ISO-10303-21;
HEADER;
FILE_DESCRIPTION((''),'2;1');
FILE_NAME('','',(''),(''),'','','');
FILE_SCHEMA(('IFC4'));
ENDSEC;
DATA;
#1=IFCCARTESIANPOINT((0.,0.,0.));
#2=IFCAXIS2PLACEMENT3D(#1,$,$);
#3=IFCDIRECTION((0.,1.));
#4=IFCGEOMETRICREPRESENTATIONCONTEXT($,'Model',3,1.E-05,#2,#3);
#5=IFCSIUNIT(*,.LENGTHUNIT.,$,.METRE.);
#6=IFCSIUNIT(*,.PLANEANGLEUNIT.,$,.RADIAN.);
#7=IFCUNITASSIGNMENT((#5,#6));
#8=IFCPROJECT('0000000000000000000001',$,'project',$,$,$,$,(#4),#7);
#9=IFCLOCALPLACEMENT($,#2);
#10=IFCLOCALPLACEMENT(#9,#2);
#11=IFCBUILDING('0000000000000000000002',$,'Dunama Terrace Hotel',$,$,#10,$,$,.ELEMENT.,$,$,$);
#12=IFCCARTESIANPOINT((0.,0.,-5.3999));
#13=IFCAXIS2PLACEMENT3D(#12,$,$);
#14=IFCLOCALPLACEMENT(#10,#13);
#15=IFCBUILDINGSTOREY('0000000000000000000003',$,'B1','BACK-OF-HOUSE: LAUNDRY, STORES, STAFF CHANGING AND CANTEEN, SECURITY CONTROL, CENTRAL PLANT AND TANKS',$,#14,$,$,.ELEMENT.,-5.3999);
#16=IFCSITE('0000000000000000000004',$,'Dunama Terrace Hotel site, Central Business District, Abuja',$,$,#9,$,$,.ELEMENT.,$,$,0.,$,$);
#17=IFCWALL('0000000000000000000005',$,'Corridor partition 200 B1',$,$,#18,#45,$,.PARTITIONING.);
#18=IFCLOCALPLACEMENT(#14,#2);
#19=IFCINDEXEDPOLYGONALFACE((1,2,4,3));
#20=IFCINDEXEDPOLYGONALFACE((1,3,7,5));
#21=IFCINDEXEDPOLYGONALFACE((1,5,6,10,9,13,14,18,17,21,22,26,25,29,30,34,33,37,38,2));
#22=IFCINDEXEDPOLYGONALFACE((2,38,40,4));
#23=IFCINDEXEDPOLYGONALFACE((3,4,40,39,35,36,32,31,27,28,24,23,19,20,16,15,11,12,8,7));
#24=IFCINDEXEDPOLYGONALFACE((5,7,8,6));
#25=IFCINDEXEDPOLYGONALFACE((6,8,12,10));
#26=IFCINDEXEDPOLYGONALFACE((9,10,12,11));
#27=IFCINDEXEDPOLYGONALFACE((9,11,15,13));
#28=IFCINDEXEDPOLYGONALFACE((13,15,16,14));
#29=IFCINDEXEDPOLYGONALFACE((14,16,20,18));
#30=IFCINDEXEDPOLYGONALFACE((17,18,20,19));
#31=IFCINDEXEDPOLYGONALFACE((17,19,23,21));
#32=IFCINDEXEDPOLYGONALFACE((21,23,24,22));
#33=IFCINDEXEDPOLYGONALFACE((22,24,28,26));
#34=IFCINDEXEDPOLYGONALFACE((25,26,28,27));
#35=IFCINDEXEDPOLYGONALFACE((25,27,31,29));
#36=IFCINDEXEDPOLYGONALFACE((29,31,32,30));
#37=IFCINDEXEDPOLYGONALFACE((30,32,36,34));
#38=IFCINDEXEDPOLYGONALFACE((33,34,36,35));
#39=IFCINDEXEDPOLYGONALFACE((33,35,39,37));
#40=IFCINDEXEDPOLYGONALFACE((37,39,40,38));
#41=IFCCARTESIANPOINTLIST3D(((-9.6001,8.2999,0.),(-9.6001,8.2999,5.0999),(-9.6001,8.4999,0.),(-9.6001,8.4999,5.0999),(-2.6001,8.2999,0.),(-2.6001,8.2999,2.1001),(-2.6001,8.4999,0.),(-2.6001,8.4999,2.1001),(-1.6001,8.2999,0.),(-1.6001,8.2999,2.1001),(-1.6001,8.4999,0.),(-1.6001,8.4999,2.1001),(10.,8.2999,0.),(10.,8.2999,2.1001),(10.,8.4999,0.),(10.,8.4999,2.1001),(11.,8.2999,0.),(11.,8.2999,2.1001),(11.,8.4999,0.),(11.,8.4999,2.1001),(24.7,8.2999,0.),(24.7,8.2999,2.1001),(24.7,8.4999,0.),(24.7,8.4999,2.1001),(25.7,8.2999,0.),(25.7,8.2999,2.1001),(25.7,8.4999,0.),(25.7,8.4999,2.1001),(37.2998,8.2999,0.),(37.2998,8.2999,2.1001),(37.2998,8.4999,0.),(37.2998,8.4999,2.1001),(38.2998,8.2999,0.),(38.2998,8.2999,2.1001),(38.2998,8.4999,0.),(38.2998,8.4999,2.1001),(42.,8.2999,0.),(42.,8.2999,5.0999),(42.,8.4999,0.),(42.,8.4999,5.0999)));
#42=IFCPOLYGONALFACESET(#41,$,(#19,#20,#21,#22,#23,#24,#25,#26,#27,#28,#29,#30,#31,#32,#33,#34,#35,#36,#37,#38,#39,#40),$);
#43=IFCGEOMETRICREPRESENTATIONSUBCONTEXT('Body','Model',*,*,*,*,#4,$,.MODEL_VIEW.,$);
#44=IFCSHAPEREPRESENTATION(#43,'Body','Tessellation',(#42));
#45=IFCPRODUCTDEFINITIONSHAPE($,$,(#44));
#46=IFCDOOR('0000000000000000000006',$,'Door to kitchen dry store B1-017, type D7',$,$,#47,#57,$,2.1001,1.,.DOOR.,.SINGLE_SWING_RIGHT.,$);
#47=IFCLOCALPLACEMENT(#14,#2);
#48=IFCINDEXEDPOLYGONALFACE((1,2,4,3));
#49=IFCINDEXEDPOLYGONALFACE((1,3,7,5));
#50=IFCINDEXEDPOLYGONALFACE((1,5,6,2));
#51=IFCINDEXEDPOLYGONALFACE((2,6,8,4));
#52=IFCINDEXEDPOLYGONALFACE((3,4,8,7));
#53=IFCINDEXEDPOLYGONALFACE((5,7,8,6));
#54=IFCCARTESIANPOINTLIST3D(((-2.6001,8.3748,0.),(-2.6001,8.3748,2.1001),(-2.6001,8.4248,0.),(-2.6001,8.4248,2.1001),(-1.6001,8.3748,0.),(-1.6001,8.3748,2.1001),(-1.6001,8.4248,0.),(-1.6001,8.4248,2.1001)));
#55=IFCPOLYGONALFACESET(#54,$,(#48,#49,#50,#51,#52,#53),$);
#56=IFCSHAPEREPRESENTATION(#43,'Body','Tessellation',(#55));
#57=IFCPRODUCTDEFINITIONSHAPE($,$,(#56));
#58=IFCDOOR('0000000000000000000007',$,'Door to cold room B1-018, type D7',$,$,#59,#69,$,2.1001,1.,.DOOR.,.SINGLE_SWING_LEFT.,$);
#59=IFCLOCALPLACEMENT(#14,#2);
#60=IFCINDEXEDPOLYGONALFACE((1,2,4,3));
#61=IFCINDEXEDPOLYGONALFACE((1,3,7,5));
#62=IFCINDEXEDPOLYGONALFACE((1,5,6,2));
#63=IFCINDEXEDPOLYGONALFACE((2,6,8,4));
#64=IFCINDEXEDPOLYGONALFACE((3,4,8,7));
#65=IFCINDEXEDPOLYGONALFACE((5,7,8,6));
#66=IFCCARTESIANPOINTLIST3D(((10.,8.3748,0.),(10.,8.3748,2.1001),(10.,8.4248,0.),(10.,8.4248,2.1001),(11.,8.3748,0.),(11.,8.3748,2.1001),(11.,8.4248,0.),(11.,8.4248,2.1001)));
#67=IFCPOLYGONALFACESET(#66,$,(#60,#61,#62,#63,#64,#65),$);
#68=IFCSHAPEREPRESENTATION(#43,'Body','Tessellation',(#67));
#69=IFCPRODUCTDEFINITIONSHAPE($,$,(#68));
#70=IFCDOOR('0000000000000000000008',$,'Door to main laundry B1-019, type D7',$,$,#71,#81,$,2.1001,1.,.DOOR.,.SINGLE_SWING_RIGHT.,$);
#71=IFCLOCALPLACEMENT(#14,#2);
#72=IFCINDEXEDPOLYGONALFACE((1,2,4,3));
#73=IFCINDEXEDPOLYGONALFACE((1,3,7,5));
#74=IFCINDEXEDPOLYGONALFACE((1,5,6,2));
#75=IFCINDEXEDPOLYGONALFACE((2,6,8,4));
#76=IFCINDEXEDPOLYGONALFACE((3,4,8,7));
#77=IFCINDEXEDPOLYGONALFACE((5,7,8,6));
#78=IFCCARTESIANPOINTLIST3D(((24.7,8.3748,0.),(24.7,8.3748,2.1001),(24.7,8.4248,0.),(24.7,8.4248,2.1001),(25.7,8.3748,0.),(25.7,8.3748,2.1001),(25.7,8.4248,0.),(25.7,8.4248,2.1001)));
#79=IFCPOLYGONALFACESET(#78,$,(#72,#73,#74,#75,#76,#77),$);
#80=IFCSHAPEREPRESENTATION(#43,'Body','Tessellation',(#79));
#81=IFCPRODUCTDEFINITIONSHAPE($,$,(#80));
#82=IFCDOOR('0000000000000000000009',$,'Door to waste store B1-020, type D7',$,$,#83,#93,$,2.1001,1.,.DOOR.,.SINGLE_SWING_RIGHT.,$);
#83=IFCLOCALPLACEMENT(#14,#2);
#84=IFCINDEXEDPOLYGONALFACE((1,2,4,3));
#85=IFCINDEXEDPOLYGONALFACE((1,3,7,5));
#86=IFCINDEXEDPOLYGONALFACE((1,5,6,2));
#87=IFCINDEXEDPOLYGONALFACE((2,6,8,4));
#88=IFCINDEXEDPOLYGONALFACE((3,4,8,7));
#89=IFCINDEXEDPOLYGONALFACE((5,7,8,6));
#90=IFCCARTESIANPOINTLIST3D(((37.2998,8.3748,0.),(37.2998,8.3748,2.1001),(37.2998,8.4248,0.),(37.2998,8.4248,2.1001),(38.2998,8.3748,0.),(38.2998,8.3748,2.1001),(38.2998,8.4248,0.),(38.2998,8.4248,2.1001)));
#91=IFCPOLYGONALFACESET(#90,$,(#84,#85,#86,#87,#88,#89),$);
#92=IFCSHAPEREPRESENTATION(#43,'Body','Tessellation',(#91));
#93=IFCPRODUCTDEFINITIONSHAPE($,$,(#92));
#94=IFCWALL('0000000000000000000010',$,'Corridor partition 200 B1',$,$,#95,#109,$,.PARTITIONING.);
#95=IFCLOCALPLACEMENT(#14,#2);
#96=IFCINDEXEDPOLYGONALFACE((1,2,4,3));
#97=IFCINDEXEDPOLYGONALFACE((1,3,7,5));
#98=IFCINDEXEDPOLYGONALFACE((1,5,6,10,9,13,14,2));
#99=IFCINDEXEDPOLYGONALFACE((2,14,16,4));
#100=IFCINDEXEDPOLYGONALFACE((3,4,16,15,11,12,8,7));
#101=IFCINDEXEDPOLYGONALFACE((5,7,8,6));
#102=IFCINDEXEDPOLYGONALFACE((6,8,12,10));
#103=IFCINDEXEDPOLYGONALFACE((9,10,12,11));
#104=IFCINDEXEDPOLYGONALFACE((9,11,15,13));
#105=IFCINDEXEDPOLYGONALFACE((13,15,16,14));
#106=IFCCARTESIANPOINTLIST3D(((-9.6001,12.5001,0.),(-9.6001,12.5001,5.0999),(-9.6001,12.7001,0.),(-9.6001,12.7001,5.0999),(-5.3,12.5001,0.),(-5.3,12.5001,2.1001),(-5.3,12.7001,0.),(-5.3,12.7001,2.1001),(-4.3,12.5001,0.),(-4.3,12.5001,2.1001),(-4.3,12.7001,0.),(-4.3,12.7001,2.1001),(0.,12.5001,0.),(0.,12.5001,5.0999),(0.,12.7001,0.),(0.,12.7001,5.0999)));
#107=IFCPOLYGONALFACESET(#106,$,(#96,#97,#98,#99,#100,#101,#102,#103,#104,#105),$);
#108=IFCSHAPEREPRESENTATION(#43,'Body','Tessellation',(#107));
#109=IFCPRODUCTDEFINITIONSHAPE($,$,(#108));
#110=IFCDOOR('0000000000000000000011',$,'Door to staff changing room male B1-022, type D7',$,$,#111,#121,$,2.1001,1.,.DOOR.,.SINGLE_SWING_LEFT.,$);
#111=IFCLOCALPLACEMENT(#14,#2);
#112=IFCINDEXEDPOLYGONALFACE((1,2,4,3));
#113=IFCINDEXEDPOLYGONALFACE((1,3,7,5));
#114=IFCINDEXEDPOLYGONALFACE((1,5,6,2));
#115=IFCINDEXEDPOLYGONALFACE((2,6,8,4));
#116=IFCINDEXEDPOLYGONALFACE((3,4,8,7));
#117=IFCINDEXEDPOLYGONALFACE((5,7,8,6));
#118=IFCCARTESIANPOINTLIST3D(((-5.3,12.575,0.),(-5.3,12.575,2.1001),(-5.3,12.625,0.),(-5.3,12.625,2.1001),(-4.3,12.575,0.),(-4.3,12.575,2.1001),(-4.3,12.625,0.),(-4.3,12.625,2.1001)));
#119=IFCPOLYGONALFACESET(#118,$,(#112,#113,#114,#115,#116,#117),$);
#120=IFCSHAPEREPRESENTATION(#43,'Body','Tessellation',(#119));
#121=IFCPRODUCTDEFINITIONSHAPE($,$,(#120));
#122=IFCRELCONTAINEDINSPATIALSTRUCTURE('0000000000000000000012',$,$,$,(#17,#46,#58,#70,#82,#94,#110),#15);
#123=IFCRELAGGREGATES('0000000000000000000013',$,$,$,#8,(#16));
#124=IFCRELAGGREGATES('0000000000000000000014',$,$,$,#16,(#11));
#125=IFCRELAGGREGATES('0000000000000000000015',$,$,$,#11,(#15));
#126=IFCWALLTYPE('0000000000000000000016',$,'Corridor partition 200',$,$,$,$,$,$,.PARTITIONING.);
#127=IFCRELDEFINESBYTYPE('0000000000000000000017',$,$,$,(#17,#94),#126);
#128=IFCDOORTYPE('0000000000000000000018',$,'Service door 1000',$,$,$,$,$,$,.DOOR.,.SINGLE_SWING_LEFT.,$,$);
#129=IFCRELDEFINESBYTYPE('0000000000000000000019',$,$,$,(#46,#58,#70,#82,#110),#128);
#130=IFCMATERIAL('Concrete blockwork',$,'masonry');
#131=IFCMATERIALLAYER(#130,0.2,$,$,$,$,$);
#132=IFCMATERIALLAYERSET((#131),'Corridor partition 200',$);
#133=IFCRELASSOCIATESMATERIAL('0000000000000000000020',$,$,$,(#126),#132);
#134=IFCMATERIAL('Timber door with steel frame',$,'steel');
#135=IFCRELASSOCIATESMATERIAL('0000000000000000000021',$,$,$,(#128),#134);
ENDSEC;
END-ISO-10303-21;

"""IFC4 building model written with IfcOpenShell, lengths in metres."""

from ifc_helpers import new_model, si_unit, direction, frame, frame_2d, origin, place, context, subcontext, project, spatial, rectangle, extrude, material, layer, layer_set, type_object, element, fill, save


model = new_model("IFC4")

# Units and contexts
model_context = context("Model", 3, precision=1e-05, world=origin(), true_north=direction((0.0, 1.0)))
body_context = subcontext(model_context, "Body", "Model", "MODEL_VIEW")
ifc_project = project(units=[si_unit("LENGTHUNIT", "METRE"), si_unit("PLANEANGLEUNIT", "RADIAN")], contexts=[model_context])

# Site, building, storey
site_placement = place(None, origin())
site = spatial("IfcSite", under=ifc_project, at=site_placement, Name="Dunama Terrace Hotel site, Central Business District, Abuja", CompositionType="ELEMENT", RefElevation=0.0)
building_placement = place(site_placement, origin())
building = spatial("IfcBuilding", under=site, at=building_placement, Name="Dunama Terrace Hotel", CompositionType="ELEMENT")
storey_placement = place(building_placement, frame((0.0, 0.0, -5.3999)))
storey = spatial("IfcBuildingStorey", under=building, at=storey_placement, Name="B1", Description="BACK-OF-HOUSE: LAUNDRY, STORES, STAFF CHANGING AND CANTEEN, SECURITY CONTROL, CENTRAL PLANT AND TANKS", CompositionType="ELEMENT", Elevation=-5.3999)

# Wall, openings, doors
ifc_material_1 = material(Name="Concrete blockwork", Category="masonry")
ifc_layer_1 = layer(ifc_material_1, 0.2)
ifc_layer_set_1 = layer_set([ifc_layer_1], Name="Corridor partition 200")
wall_type_1 = type_object("IfcWallType", Name="Corridor partition 200", PredefinedType="PARTITIONING", material=ifc_layer_set_1)
wall_1_placement = place(storey_placement, frame((-9.6001, 8.3999, 0.0), z_axis=(0.0, 0.0, 1.0), x_axis=(1.0, 0.0, 0.0)))
wall_1 = element("IfcWall", 1, at=wall_1_placement, inside=storey, type_object=wall_type_1, Name="Corridor partition 200 B1", PredefinedType="PARTITIONING", context=body_context, shape_type="SweptSolid", body=[
    extrude(rectangle(XDim=51.6001, YDim=0.2, at=frame_2d((25.8, 0.0))), origin(), (0.0, 0.0, 1.0), 5.0999),
])
opening_1_placement = place(wall_1_placement, frame((7.0, 0.0, 0.0)))
opening_1 = element("IfcOpeningElement", 2, at=opening_1_placement, cuts=wall_1, PredefinedType="OPENING", context=body_context, shape_type="SweptSolid", body=[
    extrude(rectangle(XDim=1.0, YDim=2.1001, at=frame_2d((0.5, 1.05))), frame((0.0, 0.1099, 0.0), z_axis=(0.0, -1.0, 0.0), x_axis=(1.0, 0.0, 0.0)), (0.0, 0.0, 1.0), 0.22),
])
opening_2_placement = place(wall_1_placement, frame((19.6001, 0.0, 0.0)))
opening_2 = element("IfcOpeningElement", 3, at=opening_2_placement, cuts=wall_1, PredefinedType="OPENING", context=body_context, shape_type="SweptSolid", body=[
    extrude(rectangle(XDim=1.0, YDim=2.1001, at=frame_2d((0.5, 1.05))), frame((0.0, 0.1099, 0.0), z_axis=(0.0, -1.0, 0.0), x_axis=(1.0, 0.0, 0.0)), (0.0, 0.0, 1.0), 0.22),
])
opening_3_placement = place(wall_1_placement, frame((34.3, 0.0, 0.0)))
opening_3 = element("IfcOpeningElement", 4, at=opening_3_placement, cuts=wall_1, PredefinedType="OPENING", context=body_context, shape_type="SweptSolid", body=[
    extrude(rectangle(XDim=1.0, YDim=2.1001, at=frame_2d((0.5, 1.05))), frame((0.0, 0.1099, 0.0), z_axis=(0.0, -1.0, 0.0), x_axis=(1.0, 0.0, 0.0)), (0.0, 0.0, 1.0), 0.22),
])
opening_4_placement = place(wall_1_placement, frame((46.8999, 0.0, 0.0)))
opening_4 = element("IfcOpeningElement", 5, at=opening_4_placement, cuts=wall_1, PredefinedType="OPENING", context=body_context, shape_type="SweptSolid", body=[
    extrude(rectangle(XDim=1.0, YDim=2.1001, at=frame_2d((0.5, 1.05))), frame((0.0, 0.1099, 0.0), z_axis=(0.0, -1.0, 0.0), x_axis=(1.0, 0.0, 0.0)), (0.0, 0.0, 1.0), 0.22),
])
ifc_material_2 = material(Name="Timber door with steel frame", Category="steel")
door_type = type_object("IfcDoorType", Name="Service door 1000", OperationType="SINGLE_SWING_LEFT", PredefinedType="DOOR", material=ifc_material_2)
door_1_placement = place(opening_1_placement, frame((1.0, 0.0, 0.0), z_axis=(0.0, 0.0, 1.0), x_axis=(-1.0, 0.0, 0.0)))
door_1 = element("IfcDoor", 6, at=door_1_placement, inside=storey, type_object=door_type, Name="Door to kitchen dry store B1-017, type D7", OperationType="SINGLE_SWING_RIGHT", OverallHeight=2.1001, OverallWidth=1.0, PredefinedType="DOOR", context=body_context, shape_type="SweptSolid", body=[
    extrude(rectangle(XDim=1.0, YDim=2.1001, at=frame_2d((0.5, 1.05))), frame((0.0, 0.0251, 0.0), z_axis=(0.0, -1.0, 0.0), x_axis=(1.0, 0.0, 0.0)), (0.0, 0.0, 1.0), 0.05),
])
fill(opening_1, door_1)
door_2_placement = place(opening_2_placement, frame((1.0, 0.0, 0.0), z_axis=(0.0, 0.0, 1.0), x_axis=(-1.0, 0.0, 0.0)))
door_2 = element("IfcDoor", 7, at=door_2_placement, inside=storey, type_object=door_type, Name="Door to cold room B1-018, type D7", OperationType="SINGLE_SWING_LEFT", OverallHeight=2.1001, OverallWidth=1.0, PredefinedType="DOOR", context=body_context, shape_type="SweptSolid", body=[
    extrude(rectangle(XDim=1.0, YDim=2.1001, at=frame_2d((0.5, 1.05))), frame((0.0, 0.0251, 0.0), z_axis=(0.0, -1.0, 0.0), x_axis=(1.0, 0.0, 0.0)), (0.0, 0.0, 1.0), 0.05),
])
fill(opening_2, door_2)
door_3_placement = place(opening_3_placement, frame((1.0, 0.0, 0.0), z_axis=(0.0, 0.0, 1.0), x_axis=(-1.0, 0.0, 0.0)))
door_3 = element("IfcDoor", 8, at=door_3_placement, inside=storey, type_object=door_type, Name="Door to main laundry B1-019, type D7", OperationType="SINGLE_SWING_RIGHT", OverallHeight=2.1001, OverallWidth=1.0, PredefinedType="DOOR", context=body_context, shape_type="SweptSolid", body=[
    extrude(rectangle(XDim=1.0, YDim=2.1001, at=frame_2d((0.5, 1.05))), frame((0.0, 0.0251, 0.0), z_axis=(0.0, -1.0, 0.0), x_axis=(1.0, 0.0, 0.0)), (0.0, 0.0, 1.0), 0.05),
])
fill(opening_3, door_3)
door_4_placement = place(opening_4_placement, frame((1.0, 0.0, 0.0), z_axis=(0.0, 0.0, 1.0), x_axis=(-1.0, 0.0, 0.0)))
door_4 = element("IfcDoor", 9, at=door_4_placement, inside=storey, type_object=door_type, Name="Door to waste store B1-020, type D7", OperationType="SINGLE_SWING_RIGHT", OverallHeight=2.1001, OverallWidth=1.0, PredefinedType="DOOR", context=body_context, shape_type="SweptSolid", body=[
    extrude(rectangle(XDim=1.0, YDim=2.1001, at=frame_2d((0.5, 1.05))), frame((0.0, 0.0251, 0.0), z_axis=(0.0, -1.0, 0.0), x_axis=(1.0, 0.0, 0.0)), (0.0, 0.0, 1.0), 0.05),
])
fill(opening_4, door_4)

# Wall, opening, door
wall_2_placement = place(storey_placement, frame((-9.6001, 12.6001, 0.0), z_axis=(0.0, 0.0, 1.0), x_axis=(1.0, 0.0, 0.0)))
wall_2 = element("IfcWall", 10, at=wall_2_placement, inside=storey, type_object=wall_type_1, Name="Corridor partition 200 B1", PredefinedType="PARTITIONING", context=body_context, shape_type="SweptSolid", body=[
    extrude(rectangle(XDim=9.6001, YDim=0.2, at=frame_2d((4.8, 0.0))), origin(), (0.0, 0.0, 1.0), 5.0999),
])
opening_5_placement = place(wall_2_placement, frame((4.3, 0.0, 0.0)))
opening_5 = element("IfcOpeningElement", 11, at=opening_5_placement, cuts=wall_2, PredefinedType="OPENING", context=body_context, shape_type="SweptSolid", body=[
    extrude(rectangle(XDim=1.0, YDim=2.1001, at=frame_2d((0.5, 1.05))), frame((0.0, 0.1099, 0.0), z_axis=(0.0, -1.0, 0.0), x_axis=(1.0, 0.0, 0.0)), (0.0, 0.0, 1.0), 0.22),
])
door_5_placement = place(opening_5_placement, origin())
door_5 = element("IfcDoor", 12, at=door_5_placement, inside=storey, type_object=door_type, Name="Door to staff changing room male B1-022, type D7", OperationType="SINGLE_SWING_LEFT", OverallHeight=2.1001, OverallWidth=1.0, PredefinedType="DOOR", context=body_context, shape_type="SweptSolid", body=[
    extrude(rectangle(XDim=1.0, YDim=2.1001, at=frame_2d((0.5, 1.05))), frame((0.0, 0.0249, 0.0), z_axis=(0.0, -1.0, 0.0), x_axis=(1.0, 0.0, 0.0)), (0.0, 0.0, 1.0), 0.05),
])
fill(opening_5, door_5)

save(model, "model.ifc")
